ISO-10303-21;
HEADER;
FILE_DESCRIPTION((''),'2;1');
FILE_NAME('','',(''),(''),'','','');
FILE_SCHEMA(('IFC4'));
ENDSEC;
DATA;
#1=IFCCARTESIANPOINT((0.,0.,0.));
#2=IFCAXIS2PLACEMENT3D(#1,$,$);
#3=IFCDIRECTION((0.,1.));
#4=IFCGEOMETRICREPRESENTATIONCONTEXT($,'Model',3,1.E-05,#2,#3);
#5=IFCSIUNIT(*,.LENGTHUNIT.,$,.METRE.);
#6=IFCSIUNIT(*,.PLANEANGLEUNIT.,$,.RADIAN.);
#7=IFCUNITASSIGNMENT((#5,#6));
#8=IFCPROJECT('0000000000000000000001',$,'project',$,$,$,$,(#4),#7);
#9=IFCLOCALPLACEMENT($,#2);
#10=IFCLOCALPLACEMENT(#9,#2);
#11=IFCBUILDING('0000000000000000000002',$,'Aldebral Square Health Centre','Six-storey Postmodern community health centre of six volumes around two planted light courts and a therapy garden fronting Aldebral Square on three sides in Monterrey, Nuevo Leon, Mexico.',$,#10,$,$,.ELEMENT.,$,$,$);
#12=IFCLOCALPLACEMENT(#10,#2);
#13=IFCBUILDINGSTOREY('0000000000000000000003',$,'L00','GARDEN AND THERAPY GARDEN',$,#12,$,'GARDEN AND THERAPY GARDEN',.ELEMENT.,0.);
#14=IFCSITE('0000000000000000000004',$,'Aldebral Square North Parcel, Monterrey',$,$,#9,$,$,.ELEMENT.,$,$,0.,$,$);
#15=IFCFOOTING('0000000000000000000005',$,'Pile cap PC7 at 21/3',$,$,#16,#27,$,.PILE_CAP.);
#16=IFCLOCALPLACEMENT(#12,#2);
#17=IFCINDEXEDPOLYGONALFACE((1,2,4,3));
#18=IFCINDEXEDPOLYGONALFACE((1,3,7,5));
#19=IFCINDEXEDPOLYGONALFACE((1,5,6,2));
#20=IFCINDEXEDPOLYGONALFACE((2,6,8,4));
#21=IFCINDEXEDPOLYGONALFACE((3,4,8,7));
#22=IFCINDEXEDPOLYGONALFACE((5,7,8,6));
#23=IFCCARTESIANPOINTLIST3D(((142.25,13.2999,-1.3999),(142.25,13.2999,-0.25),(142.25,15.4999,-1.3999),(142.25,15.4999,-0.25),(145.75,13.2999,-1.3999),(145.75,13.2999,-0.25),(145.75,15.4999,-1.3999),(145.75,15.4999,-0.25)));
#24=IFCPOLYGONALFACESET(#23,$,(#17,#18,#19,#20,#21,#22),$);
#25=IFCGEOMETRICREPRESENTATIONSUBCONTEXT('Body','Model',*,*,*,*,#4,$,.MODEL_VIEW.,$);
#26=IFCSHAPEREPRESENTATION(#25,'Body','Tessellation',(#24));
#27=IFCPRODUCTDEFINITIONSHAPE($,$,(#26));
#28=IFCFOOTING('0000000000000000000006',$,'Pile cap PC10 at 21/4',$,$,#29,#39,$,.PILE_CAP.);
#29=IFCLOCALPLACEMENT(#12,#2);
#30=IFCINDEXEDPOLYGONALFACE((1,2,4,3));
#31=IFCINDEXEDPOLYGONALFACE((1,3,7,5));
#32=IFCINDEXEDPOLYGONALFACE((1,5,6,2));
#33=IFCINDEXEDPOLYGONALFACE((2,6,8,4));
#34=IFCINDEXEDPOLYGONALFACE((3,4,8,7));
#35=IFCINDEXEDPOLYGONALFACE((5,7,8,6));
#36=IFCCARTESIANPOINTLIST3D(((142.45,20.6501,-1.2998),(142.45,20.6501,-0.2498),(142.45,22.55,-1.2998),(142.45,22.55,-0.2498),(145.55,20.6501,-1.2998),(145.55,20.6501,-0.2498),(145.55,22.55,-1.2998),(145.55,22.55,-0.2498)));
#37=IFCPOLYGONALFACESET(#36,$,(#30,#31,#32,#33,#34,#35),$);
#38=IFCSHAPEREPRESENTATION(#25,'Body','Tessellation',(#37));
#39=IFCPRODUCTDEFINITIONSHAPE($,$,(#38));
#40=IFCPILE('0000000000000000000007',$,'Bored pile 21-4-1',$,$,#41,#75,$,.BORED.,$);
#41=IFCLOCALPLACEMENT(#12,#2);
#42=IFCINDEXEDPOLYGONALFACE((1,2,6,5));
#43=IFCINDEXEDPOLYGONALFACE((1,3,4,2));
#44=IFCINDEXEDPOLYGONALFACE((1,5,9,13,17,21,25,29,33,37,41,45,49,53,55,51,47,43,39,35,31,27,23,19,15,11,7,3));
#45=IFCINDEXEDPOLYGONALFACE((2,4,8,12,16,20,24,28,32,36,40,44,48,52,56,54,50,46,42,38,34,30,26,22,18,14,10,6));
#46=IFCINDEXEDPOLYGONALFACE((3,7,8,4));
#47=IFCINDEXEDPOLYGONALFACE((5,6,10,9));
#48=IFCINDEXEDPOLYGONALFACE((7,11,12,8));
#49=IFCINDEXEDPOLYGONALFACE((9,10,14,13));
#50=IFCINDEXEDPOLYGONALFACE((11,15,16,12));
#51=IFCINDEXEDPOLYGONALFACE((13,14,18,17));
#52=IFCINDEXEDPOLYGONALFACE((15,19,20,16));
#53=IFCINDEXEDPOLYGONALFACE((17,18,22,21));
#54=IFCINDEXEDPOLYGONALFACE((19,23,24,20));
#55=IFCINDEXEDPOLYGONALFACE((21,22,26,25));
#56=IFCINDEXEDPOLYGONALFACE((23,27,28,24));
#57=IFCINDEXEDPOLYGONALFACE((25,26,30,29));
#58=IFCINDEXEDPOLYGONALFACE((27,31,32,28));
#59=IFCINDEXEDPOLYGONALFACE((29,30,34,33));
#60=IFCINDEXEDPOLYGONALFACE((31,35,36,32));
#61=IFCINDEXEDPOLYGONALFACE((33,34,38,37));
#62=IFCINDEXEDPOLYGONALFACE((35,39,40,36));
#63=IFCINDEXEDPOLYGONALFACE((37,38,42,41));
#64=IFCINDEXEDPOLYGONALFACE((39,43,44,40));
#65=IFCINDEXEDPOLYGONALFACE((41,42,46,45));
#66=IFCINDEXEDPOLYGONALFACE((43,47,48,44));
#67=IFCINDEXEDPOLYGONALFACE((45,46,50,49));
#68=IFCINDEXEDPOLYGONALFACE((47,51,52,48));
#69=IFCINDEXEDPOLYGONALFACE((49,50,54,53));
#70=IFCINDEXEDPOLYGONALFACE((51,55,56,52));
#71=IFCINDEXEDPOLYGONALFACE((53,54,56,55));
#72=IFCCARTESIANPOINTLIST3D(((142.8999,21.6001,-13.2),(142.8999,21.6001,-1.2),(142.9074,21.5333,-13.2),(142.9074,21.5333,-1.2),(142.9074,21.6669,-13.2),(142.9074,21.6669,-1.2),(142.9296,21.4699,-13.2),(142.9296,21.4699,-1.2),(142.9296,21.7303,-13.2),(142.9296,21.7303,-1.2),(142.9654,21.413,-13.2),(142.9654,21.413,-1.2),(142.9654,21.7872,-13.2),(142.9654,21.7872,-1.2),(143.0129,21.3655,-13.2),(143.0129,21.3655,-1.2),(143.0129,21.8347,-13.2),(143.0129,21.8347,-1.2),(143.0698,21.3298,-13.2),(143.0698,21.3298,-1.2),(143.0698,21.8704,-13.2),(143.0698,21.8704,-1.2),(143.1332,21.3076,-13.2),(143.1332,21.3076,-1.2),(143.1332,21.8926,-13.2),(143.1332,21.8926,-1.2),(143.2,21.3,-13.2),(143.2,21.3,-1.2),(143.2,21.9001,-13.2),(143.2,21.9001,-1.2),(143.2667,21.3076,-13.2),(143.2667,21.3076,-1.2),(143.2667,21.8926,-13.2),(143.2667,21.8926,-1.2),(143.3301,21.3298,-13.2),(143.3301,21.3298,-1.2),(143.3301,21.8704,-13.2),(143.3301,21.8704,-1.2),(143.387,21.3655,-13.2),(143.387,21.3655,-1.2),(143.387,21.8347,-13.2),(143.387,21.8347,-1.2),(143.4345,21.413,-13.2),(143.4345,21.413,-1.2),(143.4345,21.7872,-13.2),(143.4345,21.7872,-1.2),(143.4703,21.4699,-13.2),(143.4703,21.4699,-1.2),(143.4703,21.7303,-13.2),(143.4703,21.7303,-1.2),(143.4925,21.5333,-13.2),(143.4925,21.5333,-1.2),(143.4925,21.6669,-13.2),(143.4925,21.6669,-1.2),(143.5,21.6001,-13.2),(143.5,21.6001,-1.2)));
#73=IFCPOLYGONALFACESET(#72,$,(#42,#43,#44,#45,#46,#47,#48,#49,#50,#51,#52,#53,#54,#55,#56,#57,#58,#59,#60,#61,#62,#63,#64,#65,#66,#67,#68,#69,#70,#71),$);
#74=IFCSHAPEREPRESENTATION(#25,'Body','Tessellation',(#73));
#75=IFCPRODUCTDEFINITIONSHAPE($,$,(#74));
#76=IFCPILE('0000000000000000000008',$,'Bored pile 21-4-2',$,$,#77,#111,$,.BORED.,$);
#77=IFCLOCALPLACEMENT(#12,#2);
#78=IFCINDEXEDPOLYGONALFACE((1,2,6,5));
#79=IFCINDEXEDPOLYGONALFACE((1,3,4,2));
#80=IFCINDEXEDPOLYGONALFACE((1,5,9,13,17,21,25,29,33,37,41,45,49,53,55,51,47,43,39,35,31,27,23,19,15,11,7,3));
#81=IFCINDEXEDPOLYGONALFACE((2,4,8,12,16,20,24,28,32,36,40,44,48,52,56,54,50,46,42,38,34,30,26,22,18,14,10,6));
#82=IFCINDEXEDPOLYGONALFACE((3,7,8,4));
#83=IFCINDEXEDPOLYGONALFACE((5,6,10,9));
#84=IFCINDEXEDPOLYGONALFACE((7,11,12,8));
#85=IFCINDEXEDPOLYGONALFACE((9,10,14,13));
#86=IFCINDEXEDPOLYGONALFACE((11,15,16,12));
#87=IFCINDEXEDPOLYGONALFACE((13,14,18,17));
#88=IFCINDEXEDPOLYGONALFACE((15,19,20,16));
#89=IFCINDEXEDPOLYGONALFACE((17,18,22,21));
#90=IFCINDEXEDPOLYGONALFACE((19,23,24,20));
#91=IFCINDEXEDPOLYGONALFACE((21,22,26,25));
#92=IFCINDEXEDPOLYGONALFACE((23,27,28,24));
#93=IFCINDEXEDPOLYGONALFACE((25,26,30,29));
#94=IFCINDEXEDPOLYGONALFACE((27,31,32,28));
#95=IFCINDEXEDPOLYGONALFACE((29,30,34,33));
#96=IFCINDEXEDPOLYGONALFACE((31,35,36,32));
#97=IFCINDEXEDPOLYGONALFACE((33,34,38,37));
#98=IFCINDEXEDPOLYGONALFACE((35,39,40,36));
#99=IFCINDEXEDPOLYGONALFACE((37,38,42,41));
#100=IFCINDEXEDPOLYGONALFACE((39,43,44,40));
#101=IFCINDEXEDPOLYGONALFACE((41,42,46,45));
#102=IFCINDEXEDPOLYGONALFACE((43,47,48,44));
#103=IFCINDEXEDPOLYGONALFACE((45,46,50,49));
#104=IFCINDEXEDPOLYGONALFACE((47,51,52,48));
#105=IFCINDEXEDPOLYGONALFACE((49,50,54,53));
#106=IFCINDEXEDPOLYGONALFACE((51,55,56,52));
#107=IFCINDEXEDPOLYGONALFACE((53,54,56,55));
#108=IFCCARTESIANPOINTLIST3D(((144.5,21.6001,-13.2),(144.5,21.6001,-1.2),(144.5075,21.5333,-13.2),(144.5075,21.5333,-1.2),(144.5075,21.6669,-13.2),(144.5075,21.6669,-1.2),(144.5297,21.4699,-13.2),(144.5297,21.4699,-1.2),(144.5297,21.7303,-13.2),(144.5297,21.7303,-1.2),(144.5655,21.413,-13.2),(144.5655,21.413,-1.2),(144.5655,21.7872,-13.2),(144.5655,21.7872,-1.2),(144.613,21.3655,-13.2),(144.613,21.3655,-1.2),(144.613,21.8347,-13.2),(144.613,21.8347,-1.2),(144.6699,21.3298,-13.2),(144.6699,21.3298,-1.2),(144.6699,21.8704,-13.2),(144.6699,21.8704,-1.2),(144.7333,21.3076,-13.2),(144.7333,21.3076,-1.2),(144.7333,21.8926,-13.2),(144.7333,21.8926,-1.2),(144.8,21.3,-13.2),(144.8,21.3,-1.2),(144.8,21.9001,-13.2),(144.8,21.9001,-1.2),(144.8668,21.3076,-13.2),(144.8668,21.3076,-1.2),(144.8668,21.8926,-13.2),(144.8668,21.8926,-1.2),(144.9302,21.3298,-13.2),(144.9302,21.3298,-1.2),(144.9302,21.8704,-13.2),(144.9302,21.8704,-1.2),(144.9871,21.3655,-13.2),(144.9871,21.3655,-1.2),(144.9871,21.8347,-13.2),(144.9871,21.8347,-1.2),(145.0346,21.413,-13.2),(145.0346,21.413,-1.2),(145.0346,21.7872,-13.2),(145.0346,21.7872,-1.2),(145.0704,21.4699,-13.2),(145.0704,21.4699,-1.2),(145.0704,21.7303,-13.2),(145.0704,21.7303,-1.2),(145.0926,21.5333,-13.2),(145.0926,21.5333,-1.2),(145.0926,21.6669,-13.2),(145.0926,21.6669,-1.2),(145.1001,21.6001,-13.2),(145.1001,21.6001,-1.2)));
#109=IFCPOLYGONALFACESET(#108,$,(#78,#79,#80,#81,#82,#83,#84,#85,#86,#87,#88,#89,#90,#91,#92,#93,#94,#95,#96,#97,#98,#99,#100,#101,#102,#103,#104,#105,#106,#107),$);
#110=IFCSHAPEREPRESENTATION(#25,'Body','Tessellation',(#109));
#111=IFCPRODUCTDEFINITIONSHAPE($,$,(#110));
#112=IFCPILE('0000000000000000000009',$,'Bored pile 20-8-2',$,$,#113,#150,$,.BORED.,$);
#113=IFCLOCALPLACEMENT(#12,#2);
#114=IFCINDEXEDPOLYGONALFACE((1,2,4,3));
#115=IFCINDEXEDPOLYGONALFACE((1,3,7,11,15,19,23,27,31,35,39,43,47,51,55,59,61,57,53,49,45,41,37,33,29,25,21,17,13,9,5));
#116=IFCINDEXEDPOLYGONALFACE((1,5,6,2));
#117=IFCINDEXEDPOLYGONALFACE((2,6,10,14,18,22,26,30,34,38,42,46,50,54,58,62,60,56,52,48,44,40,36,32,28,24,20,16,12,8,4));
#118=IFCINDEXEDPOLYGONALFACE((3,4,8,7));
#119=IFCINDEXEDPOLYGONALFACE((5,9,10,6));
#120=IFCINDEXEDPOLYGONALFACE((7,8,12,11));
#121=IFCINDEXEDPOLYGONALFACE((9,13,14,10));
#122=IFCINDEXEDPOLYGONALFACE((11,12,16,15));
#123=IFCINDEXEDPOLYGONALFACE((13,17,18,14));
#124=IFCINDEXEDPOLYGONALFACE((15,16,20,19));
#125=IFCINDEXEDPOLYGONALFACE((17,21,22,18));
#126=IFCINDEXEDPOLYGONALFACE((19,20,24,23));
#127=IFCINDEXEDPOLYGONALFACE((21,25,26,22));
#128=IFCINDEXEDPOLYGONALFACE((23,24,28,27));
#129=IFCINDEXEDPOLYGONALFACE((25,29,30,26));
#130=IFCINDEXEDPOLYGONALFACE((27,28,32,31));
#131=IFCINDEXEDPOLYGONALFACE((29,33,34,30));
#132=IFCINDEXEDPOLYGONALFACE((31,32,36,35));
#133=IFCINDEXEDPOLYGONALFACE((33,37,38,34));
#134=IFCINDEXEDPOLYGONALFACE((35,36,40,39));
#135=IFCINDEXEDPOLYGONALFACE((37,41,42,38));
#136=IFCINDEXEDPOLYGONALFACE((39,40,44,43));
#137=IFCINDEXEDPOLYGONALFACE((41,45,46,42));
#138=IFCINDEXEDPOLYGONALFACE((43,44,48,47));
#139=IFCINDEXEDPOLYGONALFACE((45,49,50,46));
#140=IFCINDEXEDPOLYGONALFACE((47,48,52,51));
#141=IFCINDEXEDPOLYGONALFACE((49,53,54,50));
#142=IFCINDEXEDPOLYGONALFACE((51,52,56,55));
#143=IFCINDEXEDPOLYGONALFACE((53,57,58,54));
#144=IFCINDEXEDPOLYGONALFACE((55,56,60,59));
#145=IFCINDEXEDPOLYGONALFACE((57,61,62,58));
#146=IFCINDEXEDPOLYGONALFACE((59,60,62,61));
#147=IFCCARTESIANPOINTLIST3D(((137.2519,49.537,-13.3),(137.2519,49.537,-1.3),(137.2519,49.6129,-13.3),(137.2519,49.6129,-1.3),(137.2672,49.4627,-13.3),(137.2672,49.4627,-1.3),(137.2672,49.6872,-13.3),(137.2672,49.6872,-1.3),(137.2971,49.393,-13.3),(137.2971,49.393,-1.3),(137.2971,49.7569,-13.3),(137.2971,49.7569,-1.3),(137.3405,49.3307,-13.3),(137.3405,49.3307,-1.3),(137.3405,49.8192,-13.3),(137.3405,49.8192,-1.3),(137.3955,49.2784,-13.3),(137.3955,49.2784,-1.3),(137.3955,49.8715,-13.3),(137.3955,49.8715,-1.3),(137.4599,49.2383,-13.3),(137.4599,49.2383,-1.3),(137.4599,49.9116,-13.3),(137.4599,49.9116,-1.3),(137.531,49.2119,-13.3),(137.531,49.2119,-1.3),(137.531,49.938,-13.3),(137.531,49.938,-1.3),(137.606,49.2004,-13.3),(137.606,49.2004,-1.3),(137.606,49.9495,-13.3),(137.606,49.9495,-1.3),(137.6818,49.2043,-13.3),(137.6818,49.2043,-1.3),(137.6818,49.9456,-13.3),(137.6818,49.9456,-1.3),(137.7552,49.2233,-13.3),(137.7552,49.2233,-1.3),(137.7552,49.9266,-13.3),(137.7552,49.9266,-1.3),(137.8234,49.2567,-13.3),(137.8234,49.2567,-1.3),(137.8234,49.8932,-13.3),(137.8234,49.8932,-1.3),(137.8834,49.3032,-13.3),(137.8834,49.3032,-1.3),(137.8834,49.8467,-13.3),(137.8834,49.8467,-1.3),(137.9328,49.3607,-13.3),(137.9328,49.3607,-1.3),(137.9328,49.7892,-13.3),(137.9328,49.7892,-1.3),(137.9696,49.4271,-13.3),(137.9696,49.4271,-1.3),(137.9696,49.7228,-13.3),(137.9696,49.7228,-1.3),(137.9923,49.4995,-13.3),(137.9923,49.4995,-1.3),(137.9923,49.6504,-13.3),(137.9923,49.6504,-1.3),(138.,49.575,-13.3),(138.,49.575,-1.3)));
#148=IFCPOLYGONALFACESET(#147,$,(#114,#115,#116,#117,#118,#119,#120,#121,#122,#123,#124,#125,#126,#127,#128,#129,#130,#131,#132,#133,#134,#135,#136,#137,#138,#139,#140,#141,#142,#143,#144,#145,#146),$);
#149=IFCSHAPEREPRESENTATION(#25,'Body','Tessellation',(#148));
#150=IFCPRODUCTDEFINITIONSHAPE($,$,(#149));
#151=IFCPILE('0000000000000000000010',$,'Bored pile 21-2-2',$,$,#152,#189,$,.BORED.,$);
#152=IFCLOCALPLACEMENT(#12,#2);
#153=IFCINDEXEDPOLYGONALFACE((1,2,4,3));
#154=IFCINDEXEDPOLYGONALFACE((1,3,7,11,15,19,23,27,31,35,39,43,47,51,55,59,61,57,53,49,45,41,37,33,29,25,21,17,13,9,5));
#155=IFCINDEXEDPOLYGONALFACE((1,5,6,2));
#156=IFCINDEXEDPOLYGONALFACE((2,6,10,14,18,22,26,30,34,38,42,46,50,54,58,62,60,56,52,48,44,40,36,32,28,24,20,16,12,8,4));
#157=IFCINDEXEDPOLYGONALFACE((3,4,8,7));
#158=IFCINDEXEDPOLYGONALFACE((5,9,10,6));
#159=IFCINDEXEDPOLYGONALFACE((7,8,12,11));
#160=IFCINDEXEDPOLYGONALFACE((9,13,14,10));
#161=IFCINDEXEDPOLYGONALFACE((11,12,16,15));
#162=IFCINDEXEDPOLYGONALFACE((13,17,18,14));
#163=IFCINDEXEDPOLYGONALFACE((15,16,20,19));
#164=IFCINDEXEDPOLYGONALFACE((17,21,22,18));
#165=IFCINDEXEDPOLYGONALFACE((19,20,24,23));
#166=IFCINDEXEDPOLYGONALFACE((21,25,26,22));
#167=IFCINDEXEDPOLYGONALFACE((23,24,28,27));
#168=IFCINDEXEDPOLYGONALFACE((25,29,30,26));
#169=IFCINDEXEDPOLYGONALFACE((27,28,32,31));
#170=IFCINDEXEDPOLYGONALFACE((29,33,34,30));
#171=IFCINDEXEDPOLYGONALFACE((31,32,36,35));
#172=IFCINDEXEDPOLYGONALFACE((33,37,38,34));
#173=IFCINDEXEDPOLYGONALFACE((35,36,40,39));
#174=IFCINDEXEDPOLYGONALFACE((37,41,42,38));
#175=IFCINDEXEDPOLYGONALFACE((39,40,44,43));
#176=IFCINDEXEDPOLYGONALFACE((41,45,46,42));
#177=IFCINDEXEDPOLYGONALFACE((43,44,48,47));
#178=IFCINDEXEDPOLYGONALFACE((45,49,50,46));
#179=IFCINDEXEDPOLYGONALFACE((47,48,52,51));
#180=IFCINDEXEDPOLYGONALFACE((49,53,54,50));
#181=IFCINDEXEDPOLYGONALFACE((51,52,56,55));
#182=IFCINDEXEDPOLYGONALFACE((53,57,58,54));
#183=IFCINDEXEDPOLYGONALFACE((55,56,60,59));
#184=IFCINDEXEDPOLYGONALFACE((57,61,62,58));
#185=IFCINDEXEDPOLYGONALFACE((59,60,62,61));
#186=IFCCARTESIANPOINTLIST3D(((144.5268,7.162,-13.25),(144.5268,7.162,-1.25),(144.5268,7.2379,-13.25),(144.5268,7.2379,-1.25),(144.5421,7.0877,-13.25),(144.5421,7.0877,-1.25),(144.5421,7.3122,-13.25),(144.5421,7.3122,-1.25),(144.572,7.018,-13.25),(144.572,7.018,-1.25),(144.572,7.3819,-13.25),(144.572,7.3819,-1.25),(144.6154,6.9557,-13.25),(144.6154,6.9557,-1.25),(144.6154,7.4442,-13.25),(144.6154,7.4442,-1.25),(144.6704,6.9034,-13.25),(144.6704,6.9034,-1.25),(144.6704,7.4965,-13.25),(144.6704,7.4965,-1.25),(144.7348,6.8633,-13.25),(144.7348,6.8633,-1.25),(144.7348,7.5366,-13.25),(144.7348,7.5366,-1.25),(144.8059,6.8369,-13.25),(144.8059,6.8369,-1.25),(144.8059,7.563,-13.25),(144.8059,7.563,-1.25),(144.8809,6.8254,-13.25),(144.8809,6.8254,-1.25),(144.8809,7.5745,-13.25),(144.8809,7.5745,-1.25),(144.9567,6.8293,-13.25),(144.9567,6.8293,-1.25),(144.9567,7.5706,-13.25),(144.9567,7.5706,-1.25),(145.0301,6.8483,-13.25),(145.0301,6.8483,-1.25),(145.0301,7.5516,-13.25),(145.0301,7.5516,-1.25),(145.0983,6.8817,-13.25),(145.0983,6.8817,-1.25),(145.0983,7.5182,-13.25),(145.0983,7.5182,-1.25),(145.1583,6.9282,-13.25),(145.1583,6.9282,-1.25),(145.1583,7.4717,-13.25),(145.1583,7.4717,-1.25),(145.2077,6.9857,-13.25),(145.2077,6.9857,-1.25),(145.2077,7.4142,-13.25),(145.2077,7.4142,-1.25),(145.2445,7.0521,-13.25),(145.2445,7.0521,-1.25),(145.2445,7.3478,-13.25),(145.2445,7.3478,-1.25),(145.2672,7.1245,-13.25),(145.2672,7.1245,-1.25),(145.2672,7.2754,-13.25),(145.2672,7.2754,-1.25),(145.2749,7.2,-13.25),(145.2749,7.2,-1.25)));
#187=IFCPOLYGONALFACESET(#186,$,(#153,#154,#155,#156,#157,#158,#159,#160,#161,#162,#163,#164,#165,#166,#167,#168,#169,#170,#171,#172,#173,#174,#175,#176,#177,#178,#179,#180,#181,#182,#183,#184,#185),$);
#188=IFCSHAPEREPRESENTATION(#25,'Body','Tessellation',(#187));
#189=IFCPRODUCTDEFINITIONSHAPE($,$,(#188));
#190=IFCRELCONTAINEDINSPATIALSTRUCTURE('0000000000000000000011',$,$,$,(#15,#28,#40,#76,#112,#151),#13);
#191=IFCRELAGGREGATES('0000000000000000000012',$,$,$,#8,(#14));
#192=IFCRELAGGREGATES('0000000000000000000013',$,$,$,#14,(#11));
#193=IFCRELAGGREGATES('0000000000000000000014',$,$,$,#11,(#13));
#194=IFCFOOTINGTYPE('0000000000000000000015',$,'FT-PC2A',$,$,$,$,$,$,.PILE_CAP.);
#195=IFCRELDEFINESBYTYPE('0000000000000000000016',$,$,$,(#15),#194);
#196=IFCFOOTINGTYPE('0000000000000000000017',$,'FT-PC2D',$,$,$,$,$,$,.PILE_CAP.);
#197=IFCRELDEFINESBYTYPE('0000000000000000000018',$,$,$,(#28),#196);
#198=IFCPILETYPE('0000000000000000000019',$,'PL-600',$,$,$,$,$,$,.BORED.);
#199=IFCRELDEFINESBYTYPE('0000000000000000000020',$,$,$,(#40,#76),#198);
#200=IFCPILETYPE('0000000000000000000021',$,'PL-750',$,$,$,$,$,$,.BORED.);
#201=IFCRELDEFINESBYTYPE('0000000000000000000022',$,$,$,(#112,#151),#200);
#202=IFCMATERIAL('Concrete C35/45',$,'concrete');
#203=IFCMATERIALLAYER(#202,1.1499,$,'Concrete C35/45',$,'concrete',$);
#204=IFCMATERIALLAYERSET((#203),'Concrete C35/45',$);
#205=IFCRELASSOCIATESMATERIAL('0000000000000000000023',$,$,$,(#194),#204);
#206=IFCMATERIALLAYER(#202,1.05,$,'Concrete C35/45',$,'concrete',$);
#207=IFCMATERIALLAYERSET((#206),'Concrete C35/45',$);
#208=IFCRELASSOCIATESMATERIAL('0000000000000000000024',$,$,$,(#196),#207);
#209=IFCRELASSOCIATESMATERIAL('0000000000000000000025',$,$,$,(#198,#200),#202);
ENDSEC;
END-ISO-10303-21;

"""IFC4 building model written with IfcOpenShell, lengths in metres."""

from ifc_helpers import new_model, si_unit, direction, frame, origin, origin_2d, place, context, subcontext, project, spatial, rectangle, circle, extrude, material, layer, layer_set, material_profile, profile_set, type_object, element, save


model = new_model("IFC4")

# Units and contexts
model_context = context("Model", 3, precision=1e-05, world=origin(), true_north=direction((0.0, 1.0)))
body_context = subcontext(model_context, "Body", "Model", "MODEL_VIEW")
ifc_project = project(units=[si_unit("LENGTHUNIT", "METRE"), si_unit("PLANEANGLEUNIT", "RADIAN")], contexts=[model_context])

# Site, building, storey
site_placement = place(None, origin())
site = spatial("IfcSite", under=ifc_project, at=site_placement, Name="Aldebral Square North Parcel, Monterrey", CompositionType="ELEMENT", RefElevation=0.0)
building_placement = place(site_placement, origin())
building = spatial("IfcBuilding", under=site, at=building_placement, Name="Aldebral Square Health Centre", Description="Six-storey Postmodern community health centre of six volumes around two planted light courts and a therapy garden fronting Aldebral Square on three sides in Monterrey, Nuevo Leon, Mexico.", CompositionType="ELEMENT")
storey_placement = place(building_placement, origin())
storey = spatial("IfcBuildingStorey", under=building, at=storey_placement, Name="L00", Description="GARDEN AND THERAPY GARDEN", LongName="GARDEN AND THERAPY GARDEN", CompositionType="ELEMENT", Elevation=0.0)

# Footings
ifc_material_1 = material(Name="Concrete C35/45", Category="concrete")
ifc_layer_1 = layer(ifc_material_1, 1.1499, Name="Concrete C35/45", Category="concrete")
ifc_layer_set_1 = layer_set([ifc_layer_1], Name="Concrete C35/45")
footing_type_1 = type_object("IfcFootingType", Name="FT-PC2A", PredefinedType="PILE_CAP", material=ifc_layer_set_1)
footing_1_placement = place(storey_placement, frame((144.0, 14.3999, -1.3999), z_axis=(0.0, 0.0, 1.0), x_axis=(1.0, 0.0, 0.0)))
element("IfcFooting", 1, at=footing_1_placement, inside=storey, type_object=footing_type_1, Name="Pile cap PC7 at 21/3", PredefinedType="PILE_CAP", context=body_context, shape_type="SweptSolid", body=[
    extrude(rectangle(XDim=3.5, YDim=2.2, at=origin_2d()), origin(), (0.0, 0.0, 1.0), 1.1499),
])
ifc_layer_2 = layer(ifc_material_1, 1.05, Name="Concrete C35/45", Category="concrete")
ifc_layer_set_2 = layer_set([ifc_layer_2], Name="Concrete C35/45")
footing_type_2 = type_object("IfcFootingType", Name="FT-PC2D", PredefinedType="PILE_CAP", material=ifc_layer_set_2)
footing_2_placement = place(storey_placement, frame((144.0, 21.6001, -1.2998), z_axis=(0.0, 0.0, 1.0), x_axis=(1.0, 0.0, 0.0)))
element("IfcFooting", 2, at=footing_2_placement, inside=storey, type_object=footing_type_2, Name="Pile cap PC10 at 21/4", PredefinedType="PILE_CAP", context=body_context, shape_type="SweptSolid", body=[
    extrude(rectangle(XDim=3.1001, YDim=1.8999, at=origin_2d()), origin(), (0.0, 0.0, 1.0), 1.05),
])

# Piles
ifc_material_profile_1 = material_profile(ifc_material_1, circle(Radius=0.3, at=origin_2d()), Name="PILE D600")
ifc_profile_set_1 = profile_set([ifc_material_profile_1], Name="Concrete C35/45")
pile_type_1 = type_object("IfcPileType", Name="PL-600", PredefinedType="BORED", material=ifc_profile_set_1)
for number, where, z_axis, x_axis, name in (
    (3, (143.2, 21.6001, -1.2), (0.0, 0.0, -1.0), (1.0, 0.0, 0.0), "Bored pile 21-4-1"),
    (4, (144.8, 21.6001, -1.2), (0.0, 0.0, -1.0), (1.0, 0.0, 0.0), "Bored pile 21-4-2"),
):
    element("IfcPile", number, at=place(storey_placement, frame(where, z_axis=z_axis, x_axis=x_axis)), inside=storey, type_object=pile_type_1, Name=name, PredefinedType="BORED", context=body_context, shape_type="SweptSolid", body=[
        extrude(circle(Radius=0.3, at=origin_2d()), origin(), (0.0, 0.0, 1.0), 12.0),
    ])
ifc_material_profile_2 = material_profile(ifc_material_1, circle(Radius=0.375, at=origin_2d()), Name="PILE D750")
ifc_profile_set_2 = profile_set([ifc_material_profile_2], Name="Concrete C35/45")
pile_type_2 = type_object("IfcPileType", Name="PL-750", PredefinedType="BORED", material=ifc_profile_set_2)
for number, where, z_axis, x_axis, name in (
    (5, (137.625, 49.575, -1.3), (0.0, 0.0, -1.0), (1.0, 0.0, 0.0), "Bored pile 20-8-2"),
    (6, (144.8999, 7.2, -1.25), (0.0, 0.0, -1.0), (1.0, 0.0, 0.0), "Bored pile 21-2-2"),
):
    element("IfcPile", number, at=place(storey_placement, frame(where, z_axis=z_axis, x_axis=x_axis)), inside=storey, type_object=pile_type_2, Name=name, PredefinedType="BORED", context=body_context, shape_type="SweptSolid", body=[
        extrude(circle(Radius=0.375, at=origin_2d()), origin(), (0.0, 0.0, 1.0), 12.0),
    ])

save(model, "model.ifc")
